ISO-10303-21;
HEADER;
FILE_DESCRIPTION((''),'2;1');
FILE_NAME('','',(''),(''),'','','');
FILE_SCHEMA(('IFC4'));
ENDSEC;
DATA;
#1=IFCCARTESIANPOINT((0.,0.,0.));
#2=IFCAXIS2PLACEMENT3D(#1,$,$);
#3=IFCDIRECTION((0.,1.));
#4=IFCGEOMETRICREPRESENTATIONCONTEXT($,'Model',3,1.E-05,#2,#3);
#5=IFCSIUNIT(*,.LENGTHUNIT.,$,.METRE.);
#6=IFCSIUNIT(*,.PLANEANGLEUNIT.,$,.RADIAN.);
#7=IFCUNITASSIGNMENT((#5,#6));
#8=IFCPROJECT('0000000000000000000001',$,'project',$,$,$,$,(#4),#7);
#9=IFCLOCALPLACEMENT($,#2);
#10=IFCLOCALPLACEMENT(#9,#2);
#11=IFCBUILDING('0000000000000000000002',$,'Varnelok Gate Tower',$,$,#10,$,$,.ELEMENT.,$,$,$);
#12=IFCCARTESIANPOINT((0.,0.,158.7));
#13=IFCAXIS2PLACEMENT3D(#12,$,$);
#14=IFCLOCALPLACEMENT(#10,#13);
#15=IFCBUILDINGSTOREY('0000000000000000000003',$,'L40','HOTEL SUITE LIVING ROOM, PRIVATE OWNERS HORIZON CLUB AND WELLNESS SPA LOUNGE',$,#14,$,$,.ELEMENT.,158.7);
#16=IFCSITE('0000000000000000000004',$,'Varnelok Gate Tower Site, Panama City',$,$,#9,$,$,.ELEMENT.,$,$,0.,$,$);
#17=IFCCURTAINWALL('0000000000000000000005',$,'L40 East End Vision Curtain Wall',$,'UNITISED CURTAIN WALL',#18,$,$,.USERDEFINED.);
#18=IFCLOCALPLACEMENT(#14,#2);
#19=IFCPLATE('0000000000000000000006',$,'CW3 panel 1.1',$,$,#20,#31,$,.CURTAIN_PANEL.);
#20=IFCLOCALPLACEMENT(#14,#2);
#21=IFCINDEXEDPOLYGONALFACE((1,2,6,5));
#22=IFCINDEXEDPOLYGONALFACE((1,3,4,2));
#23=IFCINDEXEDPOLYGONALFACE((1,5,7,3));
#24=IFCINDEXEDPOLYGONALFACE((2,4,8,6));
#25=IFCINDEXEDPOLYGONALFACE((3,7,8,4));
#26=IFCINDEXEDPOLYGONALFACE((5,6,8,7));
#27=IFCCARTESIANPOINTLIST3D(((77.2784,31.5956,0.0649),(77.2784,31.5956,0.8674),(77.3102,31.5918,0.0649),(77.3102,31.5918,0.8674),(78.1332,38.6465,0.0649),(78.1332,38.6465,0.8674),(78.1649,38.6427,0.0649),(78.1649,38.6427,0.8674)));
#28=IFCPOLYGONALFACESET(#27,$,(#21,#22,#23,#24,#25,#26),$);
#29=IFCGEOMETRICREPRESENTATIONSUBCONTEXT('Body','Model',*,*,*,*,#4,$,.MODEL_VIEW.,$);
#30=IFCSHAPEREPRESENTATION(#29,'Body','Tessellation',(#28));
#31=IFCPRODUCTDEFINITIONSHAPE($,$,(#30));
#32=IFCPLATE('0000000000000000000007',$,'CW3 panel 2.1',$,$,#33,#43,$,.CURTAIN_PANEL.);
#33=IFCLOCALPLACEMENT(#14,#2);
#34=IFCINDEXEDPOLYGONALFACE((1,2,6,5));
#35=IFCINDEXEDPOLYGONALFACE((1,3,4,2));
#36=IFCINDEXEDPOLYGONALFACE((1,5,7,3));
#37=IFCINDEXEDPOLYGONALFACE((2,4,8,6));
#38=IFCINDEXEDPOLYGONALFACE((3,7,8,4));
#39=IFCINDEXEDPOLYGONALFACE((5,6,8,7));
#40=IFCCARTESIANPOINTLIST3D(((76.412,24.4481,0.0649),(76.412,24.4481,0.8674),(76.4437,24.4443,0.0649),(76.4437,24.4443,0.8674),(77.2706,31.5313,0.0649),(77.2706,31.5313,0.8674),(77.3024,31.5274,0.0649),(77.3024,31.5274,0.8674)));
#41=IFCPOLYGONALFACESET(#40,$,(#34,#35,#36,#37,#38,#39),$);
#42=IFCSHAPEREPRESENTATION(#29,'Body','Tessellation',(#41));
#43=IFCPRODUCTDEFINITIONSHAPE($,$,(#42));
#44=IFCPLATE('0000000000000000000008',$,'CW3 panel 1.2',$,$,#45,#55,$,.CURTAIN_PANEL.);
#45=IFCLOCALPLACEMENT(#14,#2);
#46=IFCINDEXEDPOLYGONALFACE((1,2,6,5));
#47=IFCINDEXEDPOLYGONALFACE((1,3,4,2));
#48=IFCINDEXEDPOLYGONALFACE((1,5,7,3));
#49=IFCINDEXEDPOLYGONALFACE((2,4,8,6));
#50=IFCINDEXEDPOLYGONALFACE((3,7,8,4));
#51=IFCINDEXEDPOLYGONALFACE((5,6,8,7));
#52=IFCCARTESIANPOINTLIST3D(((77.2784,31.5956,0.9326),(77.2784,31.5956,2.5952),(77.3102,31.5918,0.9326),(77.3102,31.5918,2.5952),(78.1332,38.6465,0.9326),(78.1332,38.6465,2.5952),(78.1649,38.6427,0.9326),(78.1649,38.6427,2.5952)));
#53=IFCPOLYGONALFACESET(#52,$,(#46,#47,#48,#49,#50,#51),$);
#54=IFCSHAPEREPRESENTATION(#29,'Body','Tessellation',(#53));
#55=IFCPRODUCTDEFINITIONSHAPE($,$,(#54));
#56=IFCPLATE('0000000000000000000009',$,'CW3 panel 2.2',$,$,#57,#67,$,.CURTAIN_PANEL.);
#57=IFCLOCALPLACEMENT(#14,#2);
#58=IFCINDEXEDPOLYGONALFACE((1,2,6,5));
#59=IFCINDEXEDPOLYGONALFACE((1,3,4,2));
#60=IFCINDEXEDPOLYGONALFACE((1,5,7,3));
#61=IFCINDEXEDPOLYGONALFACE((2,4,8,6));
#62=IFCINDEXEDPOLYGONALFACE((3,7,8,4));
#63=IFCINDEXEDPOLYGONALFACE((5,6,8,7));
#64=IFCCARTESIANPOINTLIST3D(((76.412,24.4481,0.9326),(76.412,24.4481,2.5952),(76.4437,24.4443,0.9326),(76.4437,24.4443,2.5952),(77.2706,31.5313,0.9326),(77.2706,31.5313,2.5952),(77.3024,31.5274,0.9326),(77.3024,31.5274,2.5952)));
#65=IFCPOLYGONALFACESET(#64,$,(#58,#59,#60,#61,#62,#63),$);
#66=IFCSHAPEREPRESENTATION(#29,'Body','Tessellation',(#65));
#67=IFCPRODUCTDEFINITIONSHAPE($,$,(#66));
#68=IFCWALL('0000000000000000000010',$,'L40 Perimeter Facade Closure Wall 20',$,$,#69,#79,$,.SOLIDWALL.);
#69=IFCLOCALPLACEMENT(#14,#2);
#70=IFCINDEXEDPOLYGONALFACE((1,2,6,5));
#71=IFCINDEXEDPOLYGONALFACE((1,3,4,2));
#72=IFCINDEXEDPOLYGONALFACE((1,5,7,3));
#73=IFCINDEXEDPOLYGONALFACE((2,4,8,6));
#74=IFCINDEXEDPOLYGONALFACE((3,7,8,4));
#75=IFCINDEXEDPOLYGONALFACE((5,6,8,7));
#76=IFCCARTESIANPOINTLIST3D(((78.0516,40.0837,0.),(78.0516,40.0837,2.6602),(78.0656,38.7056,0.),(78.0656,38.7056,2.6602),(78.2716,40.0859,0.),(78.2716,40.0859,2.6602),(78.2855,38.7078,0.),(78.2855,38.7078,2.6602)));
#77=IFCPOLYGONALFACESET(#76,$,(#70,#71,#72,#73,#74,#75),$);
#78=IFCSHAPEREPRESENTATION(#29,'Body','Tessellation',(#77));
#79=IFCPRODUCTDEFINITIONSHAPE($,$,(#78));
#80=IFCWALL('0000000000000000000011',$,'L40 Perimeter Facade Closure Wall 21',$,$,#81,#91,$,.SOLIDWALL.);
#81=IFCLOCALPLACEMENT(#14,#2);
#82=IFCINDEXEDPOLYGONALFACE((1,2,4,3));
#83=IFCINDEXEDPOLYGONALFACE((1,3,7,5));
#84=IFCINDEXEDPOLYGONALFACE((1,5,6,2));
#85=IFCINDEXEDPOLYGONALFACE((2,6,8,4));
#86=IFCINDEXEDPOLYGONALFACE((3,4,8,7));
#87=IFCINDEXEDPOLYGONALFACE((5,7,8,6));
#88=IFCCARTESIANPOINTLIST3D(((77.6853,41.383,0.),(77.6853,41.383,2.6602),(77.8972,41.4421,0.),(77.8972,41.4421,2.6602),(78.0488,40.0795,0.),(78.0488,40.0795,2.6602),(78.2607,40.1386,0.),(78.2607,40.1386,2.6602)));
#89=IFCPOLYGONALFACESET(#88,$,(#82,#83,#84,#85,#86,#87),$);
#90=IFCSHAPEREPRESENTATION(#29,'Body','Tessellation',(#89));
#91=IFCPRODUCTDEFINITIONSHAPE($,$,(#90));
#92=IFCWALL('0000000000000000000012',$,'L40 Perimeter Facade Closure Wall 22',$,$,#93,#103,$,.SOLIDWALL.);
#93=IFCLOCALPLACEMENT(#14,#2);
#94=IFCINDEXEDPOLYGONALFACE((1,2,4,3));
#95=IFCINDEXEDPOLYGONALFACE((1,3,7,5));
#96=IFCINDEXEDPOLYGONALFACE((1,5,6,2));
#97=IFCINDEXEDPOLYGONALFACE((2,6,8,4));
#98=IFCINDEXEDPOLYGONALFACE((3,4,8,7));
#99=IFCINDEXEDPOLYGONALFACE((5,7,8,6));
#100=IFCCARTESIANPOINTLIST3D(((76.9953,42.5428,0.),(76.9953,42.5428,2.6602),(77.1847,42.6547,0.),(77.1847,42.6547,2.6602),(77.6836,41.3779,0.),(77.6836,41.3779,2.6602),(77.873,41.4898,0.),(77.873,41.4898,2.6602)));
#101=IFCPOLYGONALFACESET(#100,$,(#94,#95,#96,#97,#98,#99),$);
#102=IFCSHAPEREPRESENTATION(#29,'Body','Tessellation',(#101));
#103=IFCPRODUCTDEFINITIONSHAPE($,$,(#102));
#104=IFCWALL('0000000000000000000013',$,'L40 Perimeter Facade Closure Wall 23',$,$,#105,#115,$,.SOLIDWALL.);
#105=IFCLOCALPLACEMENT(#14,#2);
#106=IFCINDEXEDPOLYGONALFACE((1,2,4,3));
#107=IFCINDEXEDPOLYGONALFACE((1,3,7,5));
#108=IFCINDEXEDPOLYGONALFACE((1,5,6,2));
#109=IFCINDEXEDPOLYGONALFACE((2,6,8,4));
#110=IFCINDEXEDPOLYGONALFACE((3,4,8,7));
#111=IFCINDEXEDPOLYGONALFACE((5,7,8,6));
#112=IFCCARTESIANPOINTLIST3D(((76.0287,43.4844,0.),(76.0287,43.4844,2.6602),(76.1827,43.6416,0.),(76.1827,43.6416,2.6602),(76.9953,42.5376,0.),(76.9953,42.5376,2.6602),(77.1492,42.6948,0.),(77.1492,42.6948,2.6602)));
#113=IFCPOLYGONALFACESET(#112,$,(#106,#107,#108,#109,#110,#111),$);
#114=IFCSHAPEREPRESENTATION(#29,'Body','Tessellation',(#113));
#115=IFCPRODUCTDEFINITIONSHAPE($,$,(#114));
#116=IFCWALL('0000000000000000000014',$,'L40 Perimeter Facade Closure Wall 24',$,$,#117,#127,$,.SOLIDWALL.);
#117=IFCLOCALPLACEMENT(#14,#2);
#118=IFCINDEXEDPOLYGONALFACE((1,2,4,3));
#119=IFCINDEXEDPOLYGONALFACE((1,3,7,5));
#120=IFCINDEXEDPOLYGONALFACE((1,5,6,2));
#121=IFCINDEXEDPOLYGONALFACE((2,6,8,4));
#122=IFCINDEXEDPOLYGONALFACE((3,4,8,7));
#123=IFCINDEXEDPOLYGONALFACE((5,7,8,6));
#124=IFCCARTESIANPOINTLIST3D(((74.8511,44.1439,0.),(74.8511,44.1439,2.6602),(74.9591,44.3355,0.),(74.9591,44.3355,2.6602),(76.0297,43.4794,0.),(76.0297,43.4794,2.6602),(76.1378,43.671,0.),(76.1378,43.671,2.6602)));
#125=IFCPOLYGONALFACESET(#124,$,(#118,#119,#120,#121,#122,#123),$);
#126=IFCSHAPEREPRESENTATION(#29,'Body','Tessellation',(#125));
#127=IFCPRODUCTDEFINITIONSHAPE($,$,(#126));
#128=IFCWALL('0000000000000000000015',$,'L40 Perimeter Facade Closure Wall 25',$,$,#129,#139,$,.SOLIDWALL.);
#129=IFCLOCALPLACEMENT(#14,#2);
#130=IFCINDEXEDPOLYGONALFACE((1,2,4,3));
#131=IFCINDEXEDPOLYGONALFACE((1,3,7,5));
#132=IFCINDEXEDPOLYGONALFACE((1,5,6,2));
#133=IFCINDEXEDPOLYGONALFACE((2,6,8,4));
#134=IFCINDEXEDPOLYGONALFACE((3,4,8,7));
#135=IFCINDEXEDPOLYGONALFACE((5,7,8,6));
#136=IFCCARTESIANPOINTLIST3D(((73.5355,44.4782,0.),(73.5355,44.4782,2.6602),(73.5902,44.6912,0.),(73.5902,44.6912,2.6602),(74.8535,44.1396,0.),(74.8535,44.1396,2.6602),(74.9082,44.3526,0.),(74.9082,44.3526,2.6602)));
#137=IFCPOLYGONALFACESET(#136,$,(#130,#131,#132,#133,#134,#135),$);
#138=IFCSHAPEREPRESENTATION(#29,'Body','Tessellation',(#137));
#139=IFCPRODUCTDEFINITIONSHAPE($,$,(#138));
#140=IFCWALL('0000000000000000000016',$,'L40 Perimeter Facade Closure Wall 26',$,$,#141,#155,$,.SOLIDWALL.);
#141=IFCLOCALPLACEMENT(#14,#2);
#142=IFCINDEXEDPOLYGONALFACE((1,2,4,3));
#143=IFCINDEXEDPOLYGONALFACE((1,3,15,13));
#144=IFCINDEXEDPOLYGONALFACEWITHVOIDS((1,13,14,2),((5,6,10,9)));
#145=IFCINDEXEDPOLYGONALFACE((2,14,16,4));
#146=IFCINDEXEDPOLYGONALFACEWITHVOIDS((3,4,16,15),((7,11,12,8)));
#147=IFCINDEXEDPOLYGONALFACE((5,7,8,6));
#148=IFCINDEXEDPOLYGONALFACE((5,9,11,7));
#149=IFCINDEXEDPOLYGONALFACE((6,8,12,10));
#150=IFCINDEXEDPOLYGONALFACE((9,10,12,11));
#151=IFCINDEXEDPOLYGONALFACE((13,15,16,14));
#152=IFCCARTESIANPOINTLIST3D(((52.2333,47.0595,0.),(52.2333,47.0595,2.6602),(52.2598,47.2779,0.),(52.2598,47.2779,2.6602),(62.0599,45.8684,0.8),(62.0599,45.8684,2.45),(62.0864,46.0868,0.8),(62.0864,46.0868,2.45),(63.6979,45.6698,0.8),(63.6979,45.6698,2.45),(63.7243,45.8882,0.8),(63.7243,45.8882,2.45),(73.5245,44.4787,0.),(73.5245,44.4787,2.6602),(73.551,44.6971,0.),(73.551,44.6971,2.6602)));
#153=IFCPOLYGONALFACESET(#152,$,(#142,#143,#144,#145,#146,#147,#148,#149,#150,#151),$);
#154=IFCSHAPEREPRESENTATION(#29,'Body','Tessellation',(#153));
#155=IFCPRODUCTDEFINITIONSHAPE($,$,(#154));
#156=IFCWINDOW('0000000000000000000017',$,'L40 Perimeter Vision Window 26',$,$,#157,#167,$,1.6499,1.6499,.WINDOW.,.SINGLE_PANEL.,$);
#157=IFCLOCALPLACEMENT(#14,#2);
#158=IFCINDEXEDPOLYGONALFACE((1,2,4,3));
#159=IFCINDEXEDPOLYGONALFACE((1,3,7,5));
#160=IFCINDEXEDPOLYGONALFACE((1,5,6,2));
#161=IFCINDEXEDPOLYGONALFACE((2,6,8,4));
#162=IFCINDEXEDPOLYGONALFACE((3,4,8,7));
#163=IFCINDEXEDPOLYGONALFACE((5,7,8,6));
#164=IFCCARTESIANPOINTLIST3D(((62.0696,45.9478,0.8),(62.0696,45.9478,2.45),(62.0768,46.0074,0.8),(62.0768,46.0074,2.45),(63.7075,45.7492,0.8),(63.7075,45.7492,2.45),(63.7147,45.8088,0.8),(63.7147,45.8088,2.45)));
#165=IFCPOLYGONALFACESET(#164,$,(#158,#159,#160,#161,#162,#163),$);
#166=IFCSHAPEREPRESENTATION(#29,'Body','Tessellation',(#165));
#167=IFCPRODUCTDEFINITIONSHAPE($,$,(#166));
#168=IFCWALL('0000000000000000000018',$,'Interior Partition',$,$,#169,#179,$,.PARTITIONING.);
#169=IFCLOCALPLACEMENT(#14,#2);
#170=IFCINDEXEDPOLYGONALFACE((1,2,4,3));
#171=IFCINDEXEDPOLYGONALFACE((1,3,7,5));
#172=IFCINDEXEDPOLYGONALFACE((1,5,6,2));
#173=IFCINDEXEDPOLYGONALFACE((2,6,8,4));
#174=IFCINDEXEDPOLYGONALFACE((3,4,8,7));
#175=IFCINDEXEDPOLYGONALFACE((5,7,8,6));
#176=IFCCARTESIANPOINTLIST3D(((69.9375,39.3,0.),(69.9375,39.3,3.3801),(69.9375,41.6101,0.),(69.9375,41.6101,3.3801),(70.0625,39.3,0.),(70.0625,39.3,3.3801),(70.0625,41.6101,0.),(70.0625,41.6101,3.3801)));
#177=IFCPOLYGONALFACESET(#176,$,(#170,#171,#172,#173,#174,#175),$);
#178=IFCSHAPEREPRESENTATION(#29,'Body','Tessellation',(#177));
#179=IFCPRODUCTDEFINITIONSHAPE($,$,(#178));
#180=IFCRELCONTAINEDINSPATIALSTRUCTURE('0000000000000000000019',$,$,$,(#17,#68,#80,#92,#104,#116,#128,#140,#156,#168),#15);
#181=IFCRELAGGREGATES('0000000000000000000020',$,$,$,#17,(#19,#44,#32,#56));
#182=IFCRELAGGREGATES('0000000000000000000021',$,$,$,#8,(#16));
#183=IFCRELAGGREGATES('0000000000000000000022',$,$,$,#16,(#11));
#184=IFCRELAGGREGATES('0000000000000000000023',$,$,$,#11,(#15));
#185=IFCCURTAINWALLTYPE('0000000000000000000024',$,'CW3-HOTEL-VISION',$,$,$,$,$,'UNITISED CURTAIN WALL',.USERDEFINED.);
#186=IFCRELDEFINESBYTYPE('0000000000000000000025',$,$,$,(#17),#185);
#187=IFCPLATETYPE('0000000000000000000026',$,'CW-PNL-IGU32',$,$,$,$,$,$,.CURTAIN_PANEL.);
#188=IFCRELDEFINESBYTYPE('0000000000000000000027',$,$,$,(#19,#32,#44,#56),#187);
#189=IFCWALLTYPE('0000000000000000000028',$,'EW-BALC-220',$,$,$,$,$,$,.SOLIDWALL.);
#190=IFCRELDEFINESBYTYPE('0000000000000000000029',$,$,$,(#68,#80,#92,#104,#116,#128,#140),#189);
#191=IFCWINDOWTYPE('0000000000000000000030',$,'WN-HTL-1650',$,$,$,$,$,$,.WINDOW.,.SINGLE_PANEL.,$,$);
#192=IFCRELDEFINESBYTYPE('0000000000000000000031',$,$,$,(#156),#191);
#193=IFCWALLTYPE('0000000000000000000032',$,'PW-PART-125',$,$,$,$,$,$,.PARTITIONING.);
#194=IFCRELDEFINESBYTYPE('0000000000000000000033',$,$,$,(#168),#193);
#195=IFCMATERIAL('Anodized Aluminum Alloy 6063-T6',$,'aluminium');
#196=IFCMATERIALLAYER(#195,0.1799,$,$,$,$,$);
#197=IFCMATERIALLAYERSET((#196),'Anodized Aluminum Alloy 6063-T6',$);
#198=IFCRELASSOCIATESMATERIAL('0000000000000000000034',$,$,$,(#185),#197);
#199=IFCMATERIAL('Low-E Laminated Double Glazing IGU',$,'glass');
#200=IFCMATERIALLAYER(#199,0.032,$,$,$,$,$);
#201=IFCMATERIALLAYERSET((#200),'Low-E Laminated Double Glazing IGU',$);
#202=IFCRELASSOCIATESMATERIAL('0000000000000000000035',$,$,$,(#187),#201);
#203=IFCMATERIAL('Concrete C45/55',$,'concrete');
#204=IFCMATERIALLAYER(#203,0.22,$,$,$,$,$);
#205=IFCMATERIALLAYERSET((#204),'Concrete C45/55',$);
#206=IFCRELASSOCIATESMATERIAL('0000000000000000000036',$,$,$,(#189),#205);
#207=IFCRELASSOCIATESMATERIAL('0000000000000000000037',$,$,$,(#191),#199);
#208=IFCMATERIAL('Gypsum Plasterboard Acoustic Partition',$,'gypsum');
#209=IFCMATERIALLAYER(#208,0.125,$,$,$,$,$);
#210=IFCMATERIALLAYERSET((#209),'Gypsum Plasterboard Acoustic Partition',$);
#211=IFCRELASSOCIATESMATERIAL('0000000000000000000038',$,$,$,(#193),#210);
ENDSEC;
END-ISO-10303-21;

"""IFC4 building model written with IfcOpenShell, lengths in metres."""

from ifc_helpers import new_model, si_unit, direction, frame, frame_2d, origin, origin_2d, place, context, subcontext, project, spatial, rectangle, extrude, source, transform, mapped, material, layer, layer_set, type_object, element, fill, aggregate, save


model = new_model("IFC4")

# Units and contexts
model_context = context("Model", 3, precision=1e-05, world=origin(), true_north=direction((0.0, 1.0)))
body_context = subcontext(model_context, "Body", "Model", "MODEL_VIEW")
ifc_project = project(units=[si_unit("LENGTHUNIT", "METRE"), si_unit("PLANEANGLEUNIT", "RADIAN")], contexts=[model_context])

# Site, building, storey
site_placement = place(None, origin())
site = spatial("IfcSite", under=ifc_project, at=site_placement, Name="Varnelok Gate Tower Site, Panama City", CompositionType="ELEMENT", RefElevation=0.0)
building_placement = place(site_placement, origin())
building = spatial("IfcBuilding", under=site, at=building_placement, Name="Varnelok Gate Tower", CompositionType="ELEMENT")
storey_placement = place(building_placement, frame((0.0, 0.0, 158.7)))
storey = spatial("IfcBuildingStorey", under=building, at=storey_placement, Name="L40", Description="HOTEL SUITE LIVING ROOM, PRIVATE OWNERS HORIZON CLUB AND WELLNESS SPA LOUNGE", CompositionType="ELEMENT", Elevation=158.7)

# Curtain wall, plates
ifc_material_1 = material(Name="Anodized Aluminum Alloy 6063-T6", Category="aluminium")
ifc_layer_1 = layer(ifc_material_1, 0.1799)
ifc_layer_set_1 = layer_set([ifc_layer_1], Name="Anodized Aluminum Alloy 6063-T6")
curtain_wall_type = type_object("IfcCurtainWallType", Name="CW3-HOTEL-VISION", ElementType="UNITISED CURTAIN WALL", PredefinedType="USERDEFINED", material=ifc_layer_set_1)
curtain_wall_placement = place(storey_placement, origin())
curtain_wall = element("IfcCurtainWall", 1, at=curtain_wall_placement, inside=storey, type_object=curtain_wall_type, Name="L40 East End Vision Curtain Wall", ObjectType="UNITISED CURTAIN WALL", PredefinedType="USERDEFINED")
ifc_material_2 = material(Name="Low-E Laminated Double Glazing IGU", Category="glass")
ifc_layer_2 = layer(ifc_material_2, 0.032)
ifc_layer_set_2 = layer_set([ifc_layer_2], Name="Low-E Laminated Double Glazing IGU")
plate_type = type_object("IfcPlateType", Name="CW-PNL-IGU32", PredefinedType="CURTAIN_PANEL", material=ifc_layer_set_2)
shared_shape_1 = source(origin(), body_context, "Body", "SweptSolid", [
    extrude(rectangle(XDim=7.1025, YDim=0.032, at=origin_2d()), origin(), (0.0, 0.0, 1.0), 0.8025),
])
plate_1_placement = place(storey_placement, frame((77.7217, 35.1191, 0.0649), z_axis=(0.0, 0.0, 1.0), x_axis=(-0.120347, -0.992732, 0.0)))
plate_1 = element("IfcPlate", 2, at=plate_1_placement, type_object=plate_type, Name="CW3 panel 1.1", PredefinedType="CURTAIN_PANEL", context=body_context, shape_type="MappedRepresentation", body=[
    mapped(shared_shape_1, transform((0.0, 0.0, 0.0), scale=1.0)),
])
shared_shape_2 = source(origin(), body_context, "Body", "SweptSolid", [
    extrude(rectangle(XDim=7.135, YDim=0.032, at=origin_2d()), origin(), (0.0, 0.0, 1.0), 0.8025),
])
plate_2_placement = place(storey_placement, frame((76.8572, 27.9878, 0.0649), z_axis=(0.0, 0.0, 1.0), x_axis=(-0.120347, -0.992732, 0.0)))
plate_2 = element("IfcPlate", 3, at=plate_2_placement, type_object=plate_type, Name="CW3 panel 2.1", PredefinedType="CURTAIN_PANEL", context=body_context, shape_type="MappedRepresentation", body=[
    mapped(shared_shape_2, transform((0.0, 0.0, 0.0), scale=1.0)),
])
shared_shape_3 = source(origin(), body_context, "Body", "SweptSolid", [
    extrude(rectangle(XDim=7.1025, YDim=0.032, at=origin_2d()), origin(), (0.0, 0.0, 1.0), 1.6626),
])
plate_3_placement = place(storey_placement, frame((77.7217, 35.1191, 0.9326), z_axis=(0.0, 0.0, 1.0), x_axis=(-0.120347, -0.992732, 0.0)))
plate_3 = element("IfcPlate", 4, at=plate_3_placement, type_object=plate_type, Name="CW3 panel 1.2", PredefinedType="CURTAIN_PANEL", context=body_context, shape_type="MappedRepresentation", body=[
    mapped(shared_shape_3, transform((0.0, 0.0, 0.0), scale=1.0)),
])
shared_shape_4 = source(origin(), body_context, "Body", "SweptSolid", [
    extrude(rectangle(XDim=7.135, YDim=0.032, at=origin_2d()), origin(), (0.0, 0.0, 1.0), 1.6626),
])
plate_4_placement = place(storey_placement, frame((76.8572, 27.9878, 0.9326), z_axis=(0.0, 0.0, 1.0), x_axis=(-0.120347, -0.992732, 0.0)))
plate_4 = element("IfcPlate", 5, at=plate_4_placement, type_object=plate_type, Name="CW3 panel 2.2", PredefinedType="CURTAIN_PANEL", context=body_context, shape_type="MappedRepresentation", body=[
    mapped(shared_shape_4, transform((0.0, 0.0, 0.0), scale=1.0)),
])
aggregate(curtain_wall, [plate_1, plate_3, plate_2, plate_4])

# Walls
ifc_material_3 = material(Name="Concrete C45/55", Category="concrete")
ifc_layer_3 = layer(ifc_material_3, 0.22)
ifc_layer_set_3 = layer_set([ifc_layer_3], Name="Concrete C45/55")
wall_type_1 = type_object("IfcWallType", Name="EW-BALC-220", PredefinedType="SOLIDWALL", material=ifc_layer_set_3)
wall_1_placement = place(storey_placement, frame((78.1755, 38.7068, 0.0), z_axis=(0.0, 0.0, 1.0), x_axis=(-0.010097, 0.999949, 0.0)))
element("IfcWall", 6, at=wall_1_placement, inside=storey, type_object=wall_type_1, Name="L40 Perimeter Facade Closure Wall 20", PredefinedType="SOLIDWALL", context=body_context, shape_type="SweptSolid", body=[
    extrude(rectangle(XDim=1.3782, YDim=0.22, at=frame_2d((0.689, 0.0))), origin(), (0.0, 0.0, 1.0), 2.6602),
])
wall_2_placement = place(storey_placement, frame((78.1548, 40.1089, 0.0), z_axis=(0.0, 0.0, 1.0), x_axis=(-0.268639, 0.963241, 0.0)))
element("IfcWall", 7, at=wall_2_placement, inside=storey, type_object=wall_type_1, Name="L40 Perimeter Facade Closure Wall 21", PredefinedType="SOLIDWALL", context=body_context, shape_type="SweptSolid", body=[
    extrude(rectangle(XDim=1.3533, YDim=0.22, at=frame_2d((0.6768, 0.0))), origin(), (0.0, 0.0, 1.0), 2.6602),
])
for number, where, z_axis, x_axis, name in (
    (8, (77.7783, 41.4338, 0.0), (0.0, 0.0, 1.0), (-0.508699, 0.860944, 0.0), "L40 Perimeter Facade Closure Wall 22"),
    (9, (77.0723, 42.6162, 0.0), (0.0, 0.0, 1.0), (-0.714377, 0.699761, 0.0), "L40 Perimeter Facade Closure Wall 23"),
    (10, (76.0837, 43.5752, 0.0), (0.0, 0.0, 1.0), (-0.871093, 0.491118, 0.0), "L40 Perimeter Facade Closure Wall 24"),
):
    element("IfcWall", number, at=place(storey_placement, frame(where, z_axis=z_axis, x_axis=x_axis)), inside=storey, type_object=wall_type_1, Name=name, PredefinedType="SOLIDWALL", context=body_context, shape_type="SweptSolid", body=[
        extrude(rectangle(XDim=1.353, YDim=0.22, at=frame_2d((0.6765, 0.0))), origin(), (0.0, 0.0, 1.0), 2.6602),
    ])
wall_3_placement = place(storey_placement, frame((74.8809, 44.2461, 0.0), z_axis=(0.0, 0.0, 1.0), x_axis=(-0.96855, 0.24882, 0.0)))
element("IfcWall", 11, at=wall_3_placement, inside=storey, type_object=wall_type_1, Name="L40 Perimeter Facade Closure Wall 25", PredefinedType="SOLIDWALL", context=body_context, shape_type="SweptSolid", body=[
    extrude(rectangle(XDim=1.3608, YDim=0.22, at=frame_2d((0.6804, 0.0))), origin(), (0.0, 0.0, 1.0), 2.6602),
])

# Wall, opening, window
wall_4_placement = place(storey_placement, frame((73.5378, 44.5879, 0.0), z_axis=(0.0, 0.0, 1.0), x_axis=(-0.992733, 0.120334, 0.0)))
wall_4 = element("IfcWall", 12, at=wall_4_placement, inside=storey, type_object=wall_type_1, Name="L40 Perimeter Facade Closure Wall 26", PredefinedType="SOLIDWALL", context=body_context, shape_type="SweptSolid", body=[
    extrude(rectangle(XDim=21.447, YDim=0.22, at=frame_2d((10.7236, 0.0))), origin(), (0.0, 0.0, 1.0), 2.6602),
])
opening_placement = place(wall_4_placement, frame((9.8987, 0.0, 0.8)))
opening = element("IfcOpeningElement", 13, at=opening_placement, cuts=wall_4, PredefinedType="OPENING", context=body_context, shape_type="SweptSolid", body=[
    extrude(rectangle(XDim=1.6499, YDim=1.6499, at=frame_2d((0.825, 0.825))), frame((0.0, 0.1199, 0.0), z_axis=(0.0, -1.0, 0.0), x_axis=(1.0, 0.0, 0.0)), (0.0, 0.0, 1.0), 0.24),
])
window_type = type_object("IfcWindowType", Name="WN-HTL-1650", PartitioningType="SINGLE_PANEL", PredefinedType="WINDOW", material=ifc_material_2)
window_placement = place(opening_placement, origin())
window = element("IfcWindow", 14, at=window_placement, inside=storey, type_object=window_type, Name="L40 Perimeter Vision Window 26", OverallHeight=1.6499, OverallWidth=1.6499, PartitioningType="SINGLE_PANEL", PredefinedType="WINDOW", context=body_context, shape_type="SweptSolid", body=[
    extrude(rectangle(XDim=1.6499, YDim=1.6499, at=frame_2d((0.825, 0.825))), frame((0.0, 0.03, 0.0), z_axis=(0.0, -1.0, 0.0), x_axis=(1.0, 0.0, 0.0)), (0.0, 0.0, 1.0), 0.0601),
])
fill(opening, window)

# Wall
ifc_material_4 = material(Name="Gypsum Plasterboard Acoustic Partition", Category="gypsum")
ifc_layer_4 = layer(ifc_material_4, 0.125)
ifc_layer_set_4 = layer_set([ifc_layer_4], Name="Gypsum Plasterboard Acoustic Partition")
wall_type_2 = type_object("IfcWallType", Name="PW-PART-125", PredefinedType="PARTITIONING", material=ifc_layer_set_4)
wall_5_placement = place(storey_placement, frame((70.0, 39.3, 0.0), z_axis=(0.0, 0.0, 1.0), x_axis=(0.0, 1.0, 0.0)))
element("IfcWall", 15, at=wall_5_placement, inside=storey, type_object=wall_type_2, Name="Interior Partition", PredefinedType="PARTITIONING", context=body_context, shape_type="SweptSolid", body=[
    extrude(rectangle(XDim=2.3101, YDim=0.125, at=frame_2d((1.155, 0.0))), origin(), (0.0, 0.0, 1.0), 3.3801),
])

save(model, "model.ifc")
